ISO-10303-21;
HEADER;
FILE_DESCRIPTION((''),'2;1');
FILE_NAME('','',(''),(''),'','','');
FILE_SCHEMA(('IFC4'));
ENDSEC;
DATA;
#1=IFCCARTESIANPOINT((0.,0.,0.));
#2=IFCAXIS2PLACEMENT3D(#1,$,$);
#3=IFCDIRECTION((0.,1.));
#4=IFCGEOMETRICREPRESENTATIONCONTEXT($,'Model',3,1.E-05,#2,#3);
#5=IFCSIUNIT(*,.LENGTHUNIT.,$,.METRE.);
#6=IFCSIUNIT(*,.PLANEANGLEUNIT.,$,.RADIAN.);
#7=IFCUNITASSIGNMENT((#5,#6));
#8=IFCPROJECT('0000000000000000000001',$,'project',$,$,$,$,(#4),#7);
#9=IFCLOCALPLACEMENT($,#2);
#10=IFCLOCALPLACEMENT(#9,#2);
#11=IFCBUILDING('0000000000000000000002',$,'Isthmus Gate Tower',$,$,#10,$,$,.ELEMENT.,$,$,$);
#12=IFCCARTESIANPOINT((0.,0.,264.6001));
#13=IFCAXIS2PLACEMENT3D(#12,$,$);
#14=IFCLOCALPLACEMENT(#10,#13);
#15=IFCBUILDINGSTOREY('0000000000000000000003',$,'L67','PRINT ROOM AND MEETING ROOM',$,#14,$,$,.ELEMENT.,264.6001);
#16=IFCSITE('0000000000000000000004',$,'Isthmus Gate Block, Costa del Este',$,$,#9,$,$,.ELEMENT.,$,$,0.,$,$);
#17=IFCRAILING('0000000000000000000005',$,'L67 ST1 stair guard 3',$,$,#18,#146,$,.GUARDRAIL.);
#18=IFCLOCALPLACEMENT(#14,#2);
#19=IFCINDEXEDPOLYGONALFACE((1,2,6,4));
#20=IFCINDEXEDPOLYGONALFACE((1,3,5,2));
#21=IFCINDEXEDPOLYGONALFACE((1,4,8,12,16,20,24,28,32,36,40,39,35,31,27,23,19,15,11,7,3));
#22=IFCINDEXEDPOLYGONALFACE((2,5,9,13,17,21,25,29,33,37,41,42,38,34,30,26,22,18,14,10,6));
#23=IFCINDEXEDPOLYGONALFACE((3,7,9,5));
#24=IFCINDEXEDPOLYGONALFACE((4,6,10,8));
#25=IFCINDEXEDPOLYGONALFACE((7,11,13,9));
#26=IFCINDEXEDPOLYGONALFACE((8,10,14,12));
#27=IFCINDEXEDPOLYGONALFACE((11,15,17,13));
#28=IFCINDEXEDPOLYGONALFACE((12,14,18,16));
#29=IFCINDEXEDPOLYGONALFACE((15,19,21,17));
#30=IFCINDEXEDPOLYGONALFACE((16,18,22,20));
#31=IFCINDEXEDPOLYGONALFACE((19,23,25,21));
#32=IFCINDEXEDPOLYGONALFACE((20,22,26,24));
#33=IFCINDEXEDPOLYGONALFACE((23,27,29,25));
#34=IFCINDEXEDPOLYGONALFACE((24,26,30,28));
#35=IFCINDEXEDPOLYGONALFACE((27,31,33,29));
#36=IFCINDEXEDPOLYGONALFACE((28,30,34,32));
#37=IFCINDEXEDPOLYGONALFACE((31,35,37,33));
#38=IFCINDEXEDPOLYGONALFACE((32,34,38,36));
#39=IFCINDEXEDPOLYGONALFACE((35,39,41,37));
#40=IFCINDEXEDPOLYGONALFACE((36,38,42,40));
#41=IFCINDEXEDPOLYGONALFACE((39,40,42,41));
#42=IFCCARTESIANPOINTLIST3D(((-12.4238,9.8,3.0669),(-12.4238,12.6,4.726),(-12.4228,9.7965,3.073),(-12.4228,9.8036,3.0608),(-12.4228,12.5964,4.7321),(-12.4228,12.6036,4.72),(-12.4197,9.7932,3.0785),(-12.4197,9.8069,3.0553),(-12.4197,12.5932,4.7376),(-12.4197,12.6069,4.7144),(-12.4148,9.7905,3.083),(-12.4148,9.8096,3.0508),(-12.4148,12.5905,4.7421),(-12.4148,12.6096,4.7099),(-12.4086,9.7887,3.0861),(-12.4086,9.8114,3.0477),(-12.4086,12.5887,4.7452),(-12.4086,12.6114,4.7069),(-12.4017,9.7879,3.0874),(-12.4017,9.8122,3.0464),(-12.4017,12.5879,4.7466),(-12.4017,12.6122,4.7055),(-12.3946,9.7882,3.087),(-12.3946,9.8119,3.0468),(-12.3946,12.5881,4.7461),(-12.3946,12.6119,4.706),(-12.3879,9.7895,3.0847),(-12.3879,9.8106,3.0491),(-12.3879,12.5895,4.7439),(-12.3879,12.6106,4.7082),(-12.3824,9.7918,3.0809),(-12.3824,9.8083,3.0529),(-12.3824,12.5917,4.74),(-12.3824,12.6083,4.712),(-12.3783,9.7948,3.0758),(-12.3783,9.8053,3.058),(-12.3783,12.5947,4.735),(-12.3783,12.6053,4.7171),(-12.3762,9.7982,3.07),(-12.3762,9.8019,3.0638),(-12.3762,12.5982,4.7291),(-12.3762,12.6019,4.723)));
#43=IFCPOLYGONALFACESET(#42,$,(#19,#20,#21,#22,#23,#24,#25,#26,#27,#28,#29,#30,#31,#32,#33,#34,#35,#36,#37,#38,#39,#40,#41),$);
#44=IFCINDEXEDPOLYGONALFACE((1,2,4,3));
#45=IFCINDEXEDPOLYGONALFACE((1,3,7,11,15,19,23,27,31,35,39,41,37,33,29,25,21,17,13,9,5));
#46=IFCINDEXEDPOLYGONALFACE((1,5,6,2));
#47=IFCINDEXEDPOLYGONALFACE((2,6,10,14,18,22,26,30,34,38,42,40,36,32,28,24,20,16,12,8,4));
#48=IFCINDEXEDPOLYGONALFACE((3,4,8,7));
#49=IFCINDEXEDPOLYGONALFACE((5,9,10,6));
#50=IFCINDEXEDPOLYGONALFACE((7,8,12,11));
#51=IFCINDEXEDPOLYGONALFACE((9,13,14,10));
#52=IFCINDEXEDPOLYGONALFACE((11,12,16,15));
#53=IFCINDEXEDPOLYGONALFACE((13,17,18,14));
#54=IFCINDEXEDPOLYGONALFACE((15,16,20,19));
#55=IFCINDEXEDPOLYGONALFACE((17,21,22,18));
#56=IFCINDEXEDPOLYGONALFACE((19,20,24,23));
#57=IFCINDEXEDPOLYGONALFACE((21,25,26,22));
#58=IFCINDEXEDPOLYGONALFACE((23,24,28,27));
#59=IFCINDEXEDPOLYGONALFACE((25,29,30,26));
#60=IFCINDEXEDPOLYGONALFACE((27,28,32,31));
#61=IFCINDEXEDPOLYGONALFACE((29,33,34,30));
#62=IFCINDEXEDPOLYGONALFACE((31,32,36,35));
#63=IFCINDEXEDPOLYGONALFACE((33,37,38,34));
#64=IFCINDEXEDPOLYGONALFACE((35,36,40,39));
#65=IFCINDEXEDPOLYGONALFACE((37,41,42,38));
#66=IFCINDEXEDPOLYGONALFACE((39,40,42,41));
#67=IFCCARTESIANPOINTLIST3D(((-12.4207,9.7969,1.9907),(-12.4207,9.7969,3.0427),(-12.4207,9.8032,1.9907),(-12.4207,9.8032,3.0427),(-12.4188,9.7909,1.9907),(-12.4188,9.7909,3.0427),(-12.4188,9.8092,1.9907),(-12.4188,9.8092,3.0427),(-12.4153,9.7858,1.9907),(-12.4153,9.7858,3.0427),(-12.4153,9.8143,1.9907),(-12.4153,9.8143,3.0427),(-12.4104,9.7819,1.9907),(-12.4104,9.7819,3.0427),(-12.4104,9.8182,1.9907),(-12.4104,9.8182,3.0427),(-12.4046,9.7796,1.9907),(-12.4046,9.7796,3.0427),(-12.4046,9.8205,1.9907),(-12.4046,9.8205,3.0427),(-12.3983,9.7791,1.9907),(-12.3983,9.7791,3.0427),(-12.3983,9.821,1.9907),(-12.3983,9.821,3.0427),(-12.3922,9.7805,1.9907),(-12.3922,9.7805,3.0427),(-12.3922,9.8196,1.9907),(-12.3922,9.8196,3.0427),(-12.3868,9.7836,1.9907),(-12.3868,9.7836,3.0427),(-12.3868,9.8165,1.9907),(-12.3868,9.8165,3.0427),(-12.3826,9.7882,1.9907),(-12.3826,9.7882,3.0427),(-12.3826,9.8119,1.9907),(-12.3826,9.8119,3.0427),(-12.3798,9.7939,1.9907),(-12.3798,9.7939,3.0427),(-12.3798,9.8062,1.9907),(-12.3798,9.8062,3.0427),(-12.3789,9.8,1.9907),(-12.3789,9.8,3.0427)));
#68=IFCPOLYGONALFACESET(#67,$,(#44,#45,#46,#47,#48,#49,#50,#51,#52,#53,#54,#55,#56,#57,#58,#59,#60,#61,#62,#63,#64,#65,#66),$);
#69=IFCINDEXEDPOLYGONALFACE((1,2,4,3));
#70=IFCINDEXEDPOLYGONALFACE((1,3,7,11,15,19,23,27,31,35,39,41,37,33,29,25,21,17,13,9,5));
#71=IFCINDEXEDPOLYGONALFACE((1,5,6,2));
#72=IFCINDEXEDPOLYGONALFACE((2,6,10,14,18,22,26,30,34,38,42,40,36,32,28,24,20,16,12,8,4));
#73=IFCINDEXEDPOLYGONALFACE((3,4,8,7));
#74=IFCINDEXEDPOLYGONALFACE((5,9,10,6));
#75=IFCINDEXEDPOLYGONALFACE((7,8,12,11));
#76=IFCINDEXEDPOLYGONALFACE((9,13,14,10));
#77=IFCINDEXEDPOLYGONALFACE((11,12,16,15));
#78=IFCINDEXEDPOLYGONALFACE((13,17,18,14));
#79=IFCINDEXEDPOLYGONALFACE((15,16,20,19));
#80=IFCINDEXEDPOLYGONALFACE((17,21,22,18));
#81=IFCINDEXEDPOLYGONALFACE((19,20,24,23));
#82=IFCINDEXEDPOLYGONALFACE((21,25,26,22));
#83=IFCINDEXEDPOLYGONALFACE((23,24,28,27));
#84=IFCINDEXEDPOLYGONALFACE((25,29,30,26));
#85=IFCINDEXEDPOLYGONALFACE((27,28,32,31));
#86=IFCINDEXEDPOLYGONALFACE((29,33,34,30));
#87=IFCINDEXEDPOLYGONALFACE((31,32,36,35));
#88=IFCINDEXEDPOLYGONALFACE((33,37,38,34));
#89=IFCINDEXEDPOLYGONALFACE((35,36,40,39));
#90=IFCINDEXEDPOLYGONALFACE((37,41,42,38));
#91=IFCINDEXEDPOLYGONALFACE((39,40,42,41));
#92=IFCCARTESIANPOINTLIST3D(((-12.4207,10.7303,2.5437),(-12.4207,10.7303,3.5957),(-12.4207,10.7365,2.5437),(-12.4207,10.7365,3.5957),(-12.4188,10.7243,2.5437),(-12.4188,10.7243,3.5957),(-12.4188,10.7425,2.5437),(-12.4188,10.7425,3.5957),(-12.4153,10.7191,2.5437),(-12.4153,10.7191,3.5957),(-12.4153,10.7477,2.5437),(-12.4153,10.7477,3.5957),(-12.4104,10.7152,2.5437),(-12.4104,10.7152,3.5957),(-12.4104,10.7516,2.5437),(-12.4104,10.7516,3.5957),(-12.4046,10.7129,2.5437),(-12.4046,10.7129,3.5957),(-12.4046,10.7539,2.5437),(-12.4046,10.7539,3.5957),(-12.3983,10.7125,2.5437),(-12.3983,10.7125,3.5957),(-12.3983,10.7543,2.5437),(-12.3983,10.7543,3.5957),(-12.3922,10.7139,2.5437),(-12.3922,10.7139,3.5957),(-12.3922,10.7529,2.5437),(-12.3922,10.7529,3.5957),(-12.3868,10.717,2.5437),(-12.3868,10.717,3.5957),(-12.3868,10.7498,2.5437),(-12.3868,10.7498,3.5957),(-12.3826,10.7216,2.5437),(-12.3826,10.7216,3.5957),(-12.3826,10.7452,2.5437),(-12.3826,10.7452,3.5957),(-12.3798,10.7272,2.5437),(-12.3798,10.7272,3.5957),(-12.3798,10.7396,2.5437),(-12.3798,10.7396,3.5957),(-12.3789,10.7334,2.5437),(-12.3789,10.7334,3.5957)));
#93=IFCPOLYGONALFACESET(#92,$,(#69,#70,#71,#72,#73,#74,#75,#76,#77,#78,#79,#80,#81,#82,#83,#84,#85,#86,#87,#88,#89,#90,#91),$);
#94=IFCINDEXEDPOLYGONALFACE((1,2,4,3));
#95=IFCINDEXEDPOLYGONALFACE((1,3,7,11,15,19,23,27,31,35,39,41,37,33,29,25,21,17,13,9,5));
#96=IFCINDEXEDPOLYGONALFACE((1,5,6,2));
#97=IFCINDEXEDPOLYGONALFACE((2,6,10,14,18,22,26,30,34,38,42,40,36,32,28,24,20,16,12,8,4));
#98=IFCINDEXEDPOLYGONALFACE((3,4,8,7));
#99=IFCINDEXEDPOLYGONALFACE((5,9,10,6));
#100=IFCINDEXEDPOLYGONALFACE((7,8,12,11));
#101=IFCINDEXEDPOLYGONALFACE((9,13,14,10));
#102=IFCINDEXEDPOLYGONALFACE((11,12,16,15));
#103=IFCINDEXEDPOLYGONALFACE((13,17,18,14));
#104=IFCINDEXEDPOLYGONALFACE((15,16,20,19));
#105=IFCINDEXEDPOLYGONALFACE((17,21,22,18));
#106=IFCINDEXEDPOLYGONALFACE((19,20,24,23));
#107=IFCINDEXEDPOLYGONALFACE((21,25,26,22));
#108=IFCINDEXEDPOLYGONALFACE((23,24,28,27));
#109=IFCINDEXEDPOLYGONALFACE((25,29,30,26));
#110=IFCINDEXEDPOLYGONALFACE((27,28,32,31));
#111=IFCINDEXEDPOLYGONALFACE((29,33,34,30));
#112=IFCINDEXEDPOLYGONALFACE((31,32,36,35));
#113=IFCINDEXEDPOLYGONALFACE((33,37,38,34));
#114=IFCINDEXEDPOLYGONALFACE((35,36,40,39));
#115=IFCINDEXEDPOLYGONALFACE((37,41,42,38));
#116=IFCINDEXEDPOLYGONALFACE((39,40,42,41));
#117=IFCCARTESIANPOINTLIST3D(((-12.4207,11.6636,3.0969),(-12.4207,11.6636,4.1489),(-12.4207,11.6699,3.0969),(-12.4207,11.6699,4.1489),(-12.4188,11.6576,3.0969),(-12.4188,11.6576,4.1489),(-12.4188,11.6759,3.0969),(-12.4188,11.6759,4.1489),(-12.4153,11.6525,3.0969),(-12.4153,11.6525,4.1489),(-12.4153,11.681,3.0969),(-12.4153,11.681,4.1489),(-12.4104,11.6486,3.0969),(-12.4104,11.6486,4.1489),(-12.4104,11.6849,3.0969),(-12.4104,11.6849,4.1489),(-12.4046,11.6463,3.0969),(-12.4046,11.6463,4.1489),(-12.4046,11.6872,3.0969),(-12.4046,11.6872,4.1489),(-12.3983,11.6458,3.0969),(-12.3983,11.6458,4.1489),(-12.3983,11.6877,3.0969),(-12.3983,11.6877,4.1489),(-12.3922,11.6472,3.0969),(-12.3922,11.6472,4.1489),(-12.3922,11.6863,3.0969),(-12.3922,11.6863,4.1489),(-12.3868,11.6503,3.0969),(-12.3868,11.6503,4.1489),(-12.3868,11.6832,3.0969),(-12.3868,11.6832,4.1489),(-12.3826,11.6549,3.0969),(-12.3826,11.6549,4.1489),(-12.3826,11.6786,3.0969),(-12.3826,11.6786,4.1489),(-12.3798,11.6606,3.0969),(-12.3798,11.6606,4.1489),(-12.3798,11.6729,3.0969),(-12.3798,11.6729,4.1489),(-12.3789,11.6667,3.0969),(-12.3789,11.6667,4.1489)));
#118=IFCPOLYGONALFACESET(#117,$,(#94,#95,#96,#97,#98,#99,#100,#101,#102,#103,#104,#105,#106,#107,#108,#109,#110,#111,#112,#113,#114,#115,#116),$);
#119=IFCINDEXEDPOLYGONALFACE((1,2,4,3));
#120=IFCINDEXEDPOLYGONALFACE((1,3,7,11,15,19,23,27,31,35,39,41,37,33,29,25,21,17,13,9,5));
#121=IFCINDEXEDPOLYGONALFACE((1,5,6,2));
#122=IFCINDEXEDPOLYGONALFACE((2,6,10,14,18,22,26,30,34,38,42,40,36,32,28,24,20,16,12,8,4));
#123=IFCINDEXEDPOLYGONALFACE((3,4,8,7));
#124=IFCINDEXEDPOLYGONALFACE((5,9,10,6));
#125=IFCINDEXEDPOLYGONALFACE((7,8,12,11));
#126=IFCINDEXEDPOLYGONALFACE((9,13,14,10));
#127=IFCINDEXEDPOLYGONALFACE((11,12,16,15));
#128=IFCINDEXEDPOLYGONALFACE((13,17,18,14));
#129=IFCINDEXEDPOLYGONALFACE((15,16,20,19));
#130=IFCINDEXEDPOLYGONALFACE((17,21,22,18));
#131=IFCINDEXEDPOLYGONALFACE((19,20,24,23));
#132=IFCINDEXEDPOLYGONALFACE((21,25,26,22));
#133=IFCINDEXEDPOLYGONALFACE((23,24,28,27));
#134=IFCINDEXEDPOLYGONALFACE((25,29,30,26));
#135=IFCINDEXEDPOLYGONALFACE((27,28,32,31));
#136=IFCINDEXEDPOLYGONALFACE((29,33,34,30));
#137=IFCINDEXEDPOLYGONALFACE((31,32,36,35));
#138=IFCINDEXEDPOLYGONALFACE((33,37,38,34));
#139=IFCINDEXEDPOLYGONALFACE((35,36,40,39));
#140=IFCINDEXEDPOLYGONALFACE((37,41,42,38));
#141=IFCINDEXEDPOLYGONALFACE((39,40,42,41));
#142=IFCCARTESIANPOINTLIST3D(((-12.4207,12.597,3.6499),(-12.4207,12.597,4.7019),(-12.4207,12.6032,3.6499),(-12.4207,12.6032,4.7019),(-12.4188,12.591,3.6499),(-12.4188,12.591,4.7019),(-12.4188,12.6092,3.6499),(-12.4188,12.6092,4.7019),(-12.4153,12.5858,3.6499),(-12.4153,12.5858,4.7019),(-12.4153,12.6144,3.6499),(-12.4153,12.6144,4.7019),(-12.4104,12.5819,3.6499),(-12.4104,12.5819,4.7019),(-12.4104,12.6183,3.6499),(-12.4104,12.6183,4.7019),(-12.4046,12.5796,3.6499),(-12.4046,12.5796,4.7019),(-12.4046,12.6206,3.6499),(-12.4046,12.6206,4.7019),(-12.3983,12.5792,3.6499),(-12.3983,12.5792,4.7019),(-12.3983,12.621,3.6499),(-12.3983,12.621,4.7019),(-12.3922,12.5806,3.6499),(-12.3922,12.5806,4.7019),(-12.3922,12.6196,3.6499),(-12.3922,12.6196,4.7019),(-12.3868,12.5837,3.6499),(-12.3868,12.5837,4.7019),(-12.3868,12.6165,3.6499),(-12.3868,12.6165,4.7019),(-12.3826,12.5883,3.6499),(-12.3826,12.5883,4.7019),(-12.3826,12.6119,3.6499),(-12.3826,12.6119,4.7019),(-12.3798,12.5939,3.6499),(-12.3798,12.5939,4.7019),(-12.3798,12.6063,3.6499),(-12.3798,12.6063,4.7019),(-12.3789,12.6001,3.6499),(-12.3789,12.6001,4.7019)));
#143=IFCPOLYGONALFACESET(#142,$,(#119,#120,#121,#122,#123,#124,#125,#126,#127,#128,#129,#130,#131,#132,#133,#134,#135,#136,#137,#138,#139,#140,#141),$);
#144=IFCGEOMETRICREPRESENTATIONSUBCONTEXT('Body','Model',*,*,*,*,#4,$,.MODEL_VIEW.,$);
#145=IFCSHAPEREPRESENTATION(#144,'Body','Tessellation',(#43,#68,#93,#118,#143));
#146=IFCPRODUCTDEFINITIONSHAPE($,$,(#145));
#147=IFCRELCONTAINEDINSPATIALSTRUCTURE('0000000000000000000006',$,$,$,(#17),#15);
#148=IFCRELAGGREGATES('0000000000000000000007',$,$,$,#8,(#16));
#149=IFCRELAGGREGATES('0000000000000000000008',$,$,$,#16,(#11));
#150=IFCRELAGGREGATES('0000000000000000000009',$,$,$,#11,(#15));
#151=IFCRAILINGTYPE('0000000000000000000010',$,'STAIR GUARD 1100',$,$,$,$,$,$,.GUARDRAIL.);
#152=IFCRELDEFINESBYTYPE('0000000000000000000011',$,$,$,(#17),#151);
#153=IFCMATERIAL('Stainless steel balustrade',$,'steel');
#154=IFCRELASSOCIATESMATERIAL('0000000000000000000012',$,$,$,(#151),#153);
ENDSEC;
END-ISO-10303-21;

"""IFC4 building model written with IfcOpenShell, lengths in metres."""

from ifc_helpers import new_model, si_unit, direction, frame, origin, origin_2d, place, context, subcontext, project, spatial, circle, extrude, material, type_object, element, save


model = new_model("IFC4")

# Units and contexts
model_context = context("Model", 3, precision=1e-05, world=origin(), true_north=direction((0.0, 1.0)))
body_context = subcontext(model_context, "Body", "Model", "MODEL_VIEW")
ifc_project = project(units=[si_unit("LENGTHUNIT", "METRE"), si_unit("PLANEANGLEUNIT", "RADIAN")], contexts=[model_context])

# Site, building, storey
site_placement = place(None, origin())
site = spatial("IfcSite", under=ifc_project, at=site_placement, Name="Isthmus Gate Block, Costa del Este", CompositionType="ELEMENT", RefElevation=0.0)
building_placement = place(site_placement, origin())
building = spatial("IfcBuilding", under=site, at=building_placement, Name="Isthmus Gate Tower", CompositionType="ELEMENT")
storey_placement = place(building_placement, frame((0.0, 0.0, 264.6001)))
storey = spatial("IfcBuildingStorey", under=building, at=storey_placement, Name="L67", Description="PRINT ROOM AND MEETING ROOM", CompositionType="ELEMENT", Elevation=264.6001)

# Railing
ifc_material_1 = material(Name="Stainless steel balustrade", Category="steel")
railing_type_1 = type_object("IfcRailingType", Name="STAIR GUARD 1100", PredefinedType="GUARDRAIL", material=ifc_material_1)
for number, where, name in (
    (1, (-12.3999, 9.8, 1.9907), "L67 ST1 stair guard 3"),
):
    element("IfcRailing", number, at=place(storey_placement, frame(where)), inside=storey, type_object=railing_type_1, Name=name, PredefinedType="GUARDRAIL", context=body_context, shape_type="SweptSolid", body=[
        extrude(circle(Radius=0.0239, at=origin_2d()), frame((0.0, 0.0, 1.0762), z_axis=(0.0, 0.860306, 0.509778), x_axis=(-1.0, 0.0, 0.0)), (0.0, 0.0, 1.0), 3.2546),
        extrude(circle(Radius=0.021, at=origin_2d()), origin(), (0.0, 0.0, 1.0), 1.052),
        extrude(circle(Radius=0.021, at=origin_2d()), frame((0.0, 0.9333, 0.553)), (0.0, 0.0, 1.0), 1.052),
        extrude(circle(Radius=0.021, at=origin_2d()), frame((0.0, 1.8667, 1.1062)), (0.0, 0.0, 1.0), 1.052),
        extrude(circle(Radius=0.021, at=origin_2d()), frame((0.0, 2.8, 1.6592)), (0.0, 0.0, 1.0), 1.052),
    ])

save(model, "model.ifc")
